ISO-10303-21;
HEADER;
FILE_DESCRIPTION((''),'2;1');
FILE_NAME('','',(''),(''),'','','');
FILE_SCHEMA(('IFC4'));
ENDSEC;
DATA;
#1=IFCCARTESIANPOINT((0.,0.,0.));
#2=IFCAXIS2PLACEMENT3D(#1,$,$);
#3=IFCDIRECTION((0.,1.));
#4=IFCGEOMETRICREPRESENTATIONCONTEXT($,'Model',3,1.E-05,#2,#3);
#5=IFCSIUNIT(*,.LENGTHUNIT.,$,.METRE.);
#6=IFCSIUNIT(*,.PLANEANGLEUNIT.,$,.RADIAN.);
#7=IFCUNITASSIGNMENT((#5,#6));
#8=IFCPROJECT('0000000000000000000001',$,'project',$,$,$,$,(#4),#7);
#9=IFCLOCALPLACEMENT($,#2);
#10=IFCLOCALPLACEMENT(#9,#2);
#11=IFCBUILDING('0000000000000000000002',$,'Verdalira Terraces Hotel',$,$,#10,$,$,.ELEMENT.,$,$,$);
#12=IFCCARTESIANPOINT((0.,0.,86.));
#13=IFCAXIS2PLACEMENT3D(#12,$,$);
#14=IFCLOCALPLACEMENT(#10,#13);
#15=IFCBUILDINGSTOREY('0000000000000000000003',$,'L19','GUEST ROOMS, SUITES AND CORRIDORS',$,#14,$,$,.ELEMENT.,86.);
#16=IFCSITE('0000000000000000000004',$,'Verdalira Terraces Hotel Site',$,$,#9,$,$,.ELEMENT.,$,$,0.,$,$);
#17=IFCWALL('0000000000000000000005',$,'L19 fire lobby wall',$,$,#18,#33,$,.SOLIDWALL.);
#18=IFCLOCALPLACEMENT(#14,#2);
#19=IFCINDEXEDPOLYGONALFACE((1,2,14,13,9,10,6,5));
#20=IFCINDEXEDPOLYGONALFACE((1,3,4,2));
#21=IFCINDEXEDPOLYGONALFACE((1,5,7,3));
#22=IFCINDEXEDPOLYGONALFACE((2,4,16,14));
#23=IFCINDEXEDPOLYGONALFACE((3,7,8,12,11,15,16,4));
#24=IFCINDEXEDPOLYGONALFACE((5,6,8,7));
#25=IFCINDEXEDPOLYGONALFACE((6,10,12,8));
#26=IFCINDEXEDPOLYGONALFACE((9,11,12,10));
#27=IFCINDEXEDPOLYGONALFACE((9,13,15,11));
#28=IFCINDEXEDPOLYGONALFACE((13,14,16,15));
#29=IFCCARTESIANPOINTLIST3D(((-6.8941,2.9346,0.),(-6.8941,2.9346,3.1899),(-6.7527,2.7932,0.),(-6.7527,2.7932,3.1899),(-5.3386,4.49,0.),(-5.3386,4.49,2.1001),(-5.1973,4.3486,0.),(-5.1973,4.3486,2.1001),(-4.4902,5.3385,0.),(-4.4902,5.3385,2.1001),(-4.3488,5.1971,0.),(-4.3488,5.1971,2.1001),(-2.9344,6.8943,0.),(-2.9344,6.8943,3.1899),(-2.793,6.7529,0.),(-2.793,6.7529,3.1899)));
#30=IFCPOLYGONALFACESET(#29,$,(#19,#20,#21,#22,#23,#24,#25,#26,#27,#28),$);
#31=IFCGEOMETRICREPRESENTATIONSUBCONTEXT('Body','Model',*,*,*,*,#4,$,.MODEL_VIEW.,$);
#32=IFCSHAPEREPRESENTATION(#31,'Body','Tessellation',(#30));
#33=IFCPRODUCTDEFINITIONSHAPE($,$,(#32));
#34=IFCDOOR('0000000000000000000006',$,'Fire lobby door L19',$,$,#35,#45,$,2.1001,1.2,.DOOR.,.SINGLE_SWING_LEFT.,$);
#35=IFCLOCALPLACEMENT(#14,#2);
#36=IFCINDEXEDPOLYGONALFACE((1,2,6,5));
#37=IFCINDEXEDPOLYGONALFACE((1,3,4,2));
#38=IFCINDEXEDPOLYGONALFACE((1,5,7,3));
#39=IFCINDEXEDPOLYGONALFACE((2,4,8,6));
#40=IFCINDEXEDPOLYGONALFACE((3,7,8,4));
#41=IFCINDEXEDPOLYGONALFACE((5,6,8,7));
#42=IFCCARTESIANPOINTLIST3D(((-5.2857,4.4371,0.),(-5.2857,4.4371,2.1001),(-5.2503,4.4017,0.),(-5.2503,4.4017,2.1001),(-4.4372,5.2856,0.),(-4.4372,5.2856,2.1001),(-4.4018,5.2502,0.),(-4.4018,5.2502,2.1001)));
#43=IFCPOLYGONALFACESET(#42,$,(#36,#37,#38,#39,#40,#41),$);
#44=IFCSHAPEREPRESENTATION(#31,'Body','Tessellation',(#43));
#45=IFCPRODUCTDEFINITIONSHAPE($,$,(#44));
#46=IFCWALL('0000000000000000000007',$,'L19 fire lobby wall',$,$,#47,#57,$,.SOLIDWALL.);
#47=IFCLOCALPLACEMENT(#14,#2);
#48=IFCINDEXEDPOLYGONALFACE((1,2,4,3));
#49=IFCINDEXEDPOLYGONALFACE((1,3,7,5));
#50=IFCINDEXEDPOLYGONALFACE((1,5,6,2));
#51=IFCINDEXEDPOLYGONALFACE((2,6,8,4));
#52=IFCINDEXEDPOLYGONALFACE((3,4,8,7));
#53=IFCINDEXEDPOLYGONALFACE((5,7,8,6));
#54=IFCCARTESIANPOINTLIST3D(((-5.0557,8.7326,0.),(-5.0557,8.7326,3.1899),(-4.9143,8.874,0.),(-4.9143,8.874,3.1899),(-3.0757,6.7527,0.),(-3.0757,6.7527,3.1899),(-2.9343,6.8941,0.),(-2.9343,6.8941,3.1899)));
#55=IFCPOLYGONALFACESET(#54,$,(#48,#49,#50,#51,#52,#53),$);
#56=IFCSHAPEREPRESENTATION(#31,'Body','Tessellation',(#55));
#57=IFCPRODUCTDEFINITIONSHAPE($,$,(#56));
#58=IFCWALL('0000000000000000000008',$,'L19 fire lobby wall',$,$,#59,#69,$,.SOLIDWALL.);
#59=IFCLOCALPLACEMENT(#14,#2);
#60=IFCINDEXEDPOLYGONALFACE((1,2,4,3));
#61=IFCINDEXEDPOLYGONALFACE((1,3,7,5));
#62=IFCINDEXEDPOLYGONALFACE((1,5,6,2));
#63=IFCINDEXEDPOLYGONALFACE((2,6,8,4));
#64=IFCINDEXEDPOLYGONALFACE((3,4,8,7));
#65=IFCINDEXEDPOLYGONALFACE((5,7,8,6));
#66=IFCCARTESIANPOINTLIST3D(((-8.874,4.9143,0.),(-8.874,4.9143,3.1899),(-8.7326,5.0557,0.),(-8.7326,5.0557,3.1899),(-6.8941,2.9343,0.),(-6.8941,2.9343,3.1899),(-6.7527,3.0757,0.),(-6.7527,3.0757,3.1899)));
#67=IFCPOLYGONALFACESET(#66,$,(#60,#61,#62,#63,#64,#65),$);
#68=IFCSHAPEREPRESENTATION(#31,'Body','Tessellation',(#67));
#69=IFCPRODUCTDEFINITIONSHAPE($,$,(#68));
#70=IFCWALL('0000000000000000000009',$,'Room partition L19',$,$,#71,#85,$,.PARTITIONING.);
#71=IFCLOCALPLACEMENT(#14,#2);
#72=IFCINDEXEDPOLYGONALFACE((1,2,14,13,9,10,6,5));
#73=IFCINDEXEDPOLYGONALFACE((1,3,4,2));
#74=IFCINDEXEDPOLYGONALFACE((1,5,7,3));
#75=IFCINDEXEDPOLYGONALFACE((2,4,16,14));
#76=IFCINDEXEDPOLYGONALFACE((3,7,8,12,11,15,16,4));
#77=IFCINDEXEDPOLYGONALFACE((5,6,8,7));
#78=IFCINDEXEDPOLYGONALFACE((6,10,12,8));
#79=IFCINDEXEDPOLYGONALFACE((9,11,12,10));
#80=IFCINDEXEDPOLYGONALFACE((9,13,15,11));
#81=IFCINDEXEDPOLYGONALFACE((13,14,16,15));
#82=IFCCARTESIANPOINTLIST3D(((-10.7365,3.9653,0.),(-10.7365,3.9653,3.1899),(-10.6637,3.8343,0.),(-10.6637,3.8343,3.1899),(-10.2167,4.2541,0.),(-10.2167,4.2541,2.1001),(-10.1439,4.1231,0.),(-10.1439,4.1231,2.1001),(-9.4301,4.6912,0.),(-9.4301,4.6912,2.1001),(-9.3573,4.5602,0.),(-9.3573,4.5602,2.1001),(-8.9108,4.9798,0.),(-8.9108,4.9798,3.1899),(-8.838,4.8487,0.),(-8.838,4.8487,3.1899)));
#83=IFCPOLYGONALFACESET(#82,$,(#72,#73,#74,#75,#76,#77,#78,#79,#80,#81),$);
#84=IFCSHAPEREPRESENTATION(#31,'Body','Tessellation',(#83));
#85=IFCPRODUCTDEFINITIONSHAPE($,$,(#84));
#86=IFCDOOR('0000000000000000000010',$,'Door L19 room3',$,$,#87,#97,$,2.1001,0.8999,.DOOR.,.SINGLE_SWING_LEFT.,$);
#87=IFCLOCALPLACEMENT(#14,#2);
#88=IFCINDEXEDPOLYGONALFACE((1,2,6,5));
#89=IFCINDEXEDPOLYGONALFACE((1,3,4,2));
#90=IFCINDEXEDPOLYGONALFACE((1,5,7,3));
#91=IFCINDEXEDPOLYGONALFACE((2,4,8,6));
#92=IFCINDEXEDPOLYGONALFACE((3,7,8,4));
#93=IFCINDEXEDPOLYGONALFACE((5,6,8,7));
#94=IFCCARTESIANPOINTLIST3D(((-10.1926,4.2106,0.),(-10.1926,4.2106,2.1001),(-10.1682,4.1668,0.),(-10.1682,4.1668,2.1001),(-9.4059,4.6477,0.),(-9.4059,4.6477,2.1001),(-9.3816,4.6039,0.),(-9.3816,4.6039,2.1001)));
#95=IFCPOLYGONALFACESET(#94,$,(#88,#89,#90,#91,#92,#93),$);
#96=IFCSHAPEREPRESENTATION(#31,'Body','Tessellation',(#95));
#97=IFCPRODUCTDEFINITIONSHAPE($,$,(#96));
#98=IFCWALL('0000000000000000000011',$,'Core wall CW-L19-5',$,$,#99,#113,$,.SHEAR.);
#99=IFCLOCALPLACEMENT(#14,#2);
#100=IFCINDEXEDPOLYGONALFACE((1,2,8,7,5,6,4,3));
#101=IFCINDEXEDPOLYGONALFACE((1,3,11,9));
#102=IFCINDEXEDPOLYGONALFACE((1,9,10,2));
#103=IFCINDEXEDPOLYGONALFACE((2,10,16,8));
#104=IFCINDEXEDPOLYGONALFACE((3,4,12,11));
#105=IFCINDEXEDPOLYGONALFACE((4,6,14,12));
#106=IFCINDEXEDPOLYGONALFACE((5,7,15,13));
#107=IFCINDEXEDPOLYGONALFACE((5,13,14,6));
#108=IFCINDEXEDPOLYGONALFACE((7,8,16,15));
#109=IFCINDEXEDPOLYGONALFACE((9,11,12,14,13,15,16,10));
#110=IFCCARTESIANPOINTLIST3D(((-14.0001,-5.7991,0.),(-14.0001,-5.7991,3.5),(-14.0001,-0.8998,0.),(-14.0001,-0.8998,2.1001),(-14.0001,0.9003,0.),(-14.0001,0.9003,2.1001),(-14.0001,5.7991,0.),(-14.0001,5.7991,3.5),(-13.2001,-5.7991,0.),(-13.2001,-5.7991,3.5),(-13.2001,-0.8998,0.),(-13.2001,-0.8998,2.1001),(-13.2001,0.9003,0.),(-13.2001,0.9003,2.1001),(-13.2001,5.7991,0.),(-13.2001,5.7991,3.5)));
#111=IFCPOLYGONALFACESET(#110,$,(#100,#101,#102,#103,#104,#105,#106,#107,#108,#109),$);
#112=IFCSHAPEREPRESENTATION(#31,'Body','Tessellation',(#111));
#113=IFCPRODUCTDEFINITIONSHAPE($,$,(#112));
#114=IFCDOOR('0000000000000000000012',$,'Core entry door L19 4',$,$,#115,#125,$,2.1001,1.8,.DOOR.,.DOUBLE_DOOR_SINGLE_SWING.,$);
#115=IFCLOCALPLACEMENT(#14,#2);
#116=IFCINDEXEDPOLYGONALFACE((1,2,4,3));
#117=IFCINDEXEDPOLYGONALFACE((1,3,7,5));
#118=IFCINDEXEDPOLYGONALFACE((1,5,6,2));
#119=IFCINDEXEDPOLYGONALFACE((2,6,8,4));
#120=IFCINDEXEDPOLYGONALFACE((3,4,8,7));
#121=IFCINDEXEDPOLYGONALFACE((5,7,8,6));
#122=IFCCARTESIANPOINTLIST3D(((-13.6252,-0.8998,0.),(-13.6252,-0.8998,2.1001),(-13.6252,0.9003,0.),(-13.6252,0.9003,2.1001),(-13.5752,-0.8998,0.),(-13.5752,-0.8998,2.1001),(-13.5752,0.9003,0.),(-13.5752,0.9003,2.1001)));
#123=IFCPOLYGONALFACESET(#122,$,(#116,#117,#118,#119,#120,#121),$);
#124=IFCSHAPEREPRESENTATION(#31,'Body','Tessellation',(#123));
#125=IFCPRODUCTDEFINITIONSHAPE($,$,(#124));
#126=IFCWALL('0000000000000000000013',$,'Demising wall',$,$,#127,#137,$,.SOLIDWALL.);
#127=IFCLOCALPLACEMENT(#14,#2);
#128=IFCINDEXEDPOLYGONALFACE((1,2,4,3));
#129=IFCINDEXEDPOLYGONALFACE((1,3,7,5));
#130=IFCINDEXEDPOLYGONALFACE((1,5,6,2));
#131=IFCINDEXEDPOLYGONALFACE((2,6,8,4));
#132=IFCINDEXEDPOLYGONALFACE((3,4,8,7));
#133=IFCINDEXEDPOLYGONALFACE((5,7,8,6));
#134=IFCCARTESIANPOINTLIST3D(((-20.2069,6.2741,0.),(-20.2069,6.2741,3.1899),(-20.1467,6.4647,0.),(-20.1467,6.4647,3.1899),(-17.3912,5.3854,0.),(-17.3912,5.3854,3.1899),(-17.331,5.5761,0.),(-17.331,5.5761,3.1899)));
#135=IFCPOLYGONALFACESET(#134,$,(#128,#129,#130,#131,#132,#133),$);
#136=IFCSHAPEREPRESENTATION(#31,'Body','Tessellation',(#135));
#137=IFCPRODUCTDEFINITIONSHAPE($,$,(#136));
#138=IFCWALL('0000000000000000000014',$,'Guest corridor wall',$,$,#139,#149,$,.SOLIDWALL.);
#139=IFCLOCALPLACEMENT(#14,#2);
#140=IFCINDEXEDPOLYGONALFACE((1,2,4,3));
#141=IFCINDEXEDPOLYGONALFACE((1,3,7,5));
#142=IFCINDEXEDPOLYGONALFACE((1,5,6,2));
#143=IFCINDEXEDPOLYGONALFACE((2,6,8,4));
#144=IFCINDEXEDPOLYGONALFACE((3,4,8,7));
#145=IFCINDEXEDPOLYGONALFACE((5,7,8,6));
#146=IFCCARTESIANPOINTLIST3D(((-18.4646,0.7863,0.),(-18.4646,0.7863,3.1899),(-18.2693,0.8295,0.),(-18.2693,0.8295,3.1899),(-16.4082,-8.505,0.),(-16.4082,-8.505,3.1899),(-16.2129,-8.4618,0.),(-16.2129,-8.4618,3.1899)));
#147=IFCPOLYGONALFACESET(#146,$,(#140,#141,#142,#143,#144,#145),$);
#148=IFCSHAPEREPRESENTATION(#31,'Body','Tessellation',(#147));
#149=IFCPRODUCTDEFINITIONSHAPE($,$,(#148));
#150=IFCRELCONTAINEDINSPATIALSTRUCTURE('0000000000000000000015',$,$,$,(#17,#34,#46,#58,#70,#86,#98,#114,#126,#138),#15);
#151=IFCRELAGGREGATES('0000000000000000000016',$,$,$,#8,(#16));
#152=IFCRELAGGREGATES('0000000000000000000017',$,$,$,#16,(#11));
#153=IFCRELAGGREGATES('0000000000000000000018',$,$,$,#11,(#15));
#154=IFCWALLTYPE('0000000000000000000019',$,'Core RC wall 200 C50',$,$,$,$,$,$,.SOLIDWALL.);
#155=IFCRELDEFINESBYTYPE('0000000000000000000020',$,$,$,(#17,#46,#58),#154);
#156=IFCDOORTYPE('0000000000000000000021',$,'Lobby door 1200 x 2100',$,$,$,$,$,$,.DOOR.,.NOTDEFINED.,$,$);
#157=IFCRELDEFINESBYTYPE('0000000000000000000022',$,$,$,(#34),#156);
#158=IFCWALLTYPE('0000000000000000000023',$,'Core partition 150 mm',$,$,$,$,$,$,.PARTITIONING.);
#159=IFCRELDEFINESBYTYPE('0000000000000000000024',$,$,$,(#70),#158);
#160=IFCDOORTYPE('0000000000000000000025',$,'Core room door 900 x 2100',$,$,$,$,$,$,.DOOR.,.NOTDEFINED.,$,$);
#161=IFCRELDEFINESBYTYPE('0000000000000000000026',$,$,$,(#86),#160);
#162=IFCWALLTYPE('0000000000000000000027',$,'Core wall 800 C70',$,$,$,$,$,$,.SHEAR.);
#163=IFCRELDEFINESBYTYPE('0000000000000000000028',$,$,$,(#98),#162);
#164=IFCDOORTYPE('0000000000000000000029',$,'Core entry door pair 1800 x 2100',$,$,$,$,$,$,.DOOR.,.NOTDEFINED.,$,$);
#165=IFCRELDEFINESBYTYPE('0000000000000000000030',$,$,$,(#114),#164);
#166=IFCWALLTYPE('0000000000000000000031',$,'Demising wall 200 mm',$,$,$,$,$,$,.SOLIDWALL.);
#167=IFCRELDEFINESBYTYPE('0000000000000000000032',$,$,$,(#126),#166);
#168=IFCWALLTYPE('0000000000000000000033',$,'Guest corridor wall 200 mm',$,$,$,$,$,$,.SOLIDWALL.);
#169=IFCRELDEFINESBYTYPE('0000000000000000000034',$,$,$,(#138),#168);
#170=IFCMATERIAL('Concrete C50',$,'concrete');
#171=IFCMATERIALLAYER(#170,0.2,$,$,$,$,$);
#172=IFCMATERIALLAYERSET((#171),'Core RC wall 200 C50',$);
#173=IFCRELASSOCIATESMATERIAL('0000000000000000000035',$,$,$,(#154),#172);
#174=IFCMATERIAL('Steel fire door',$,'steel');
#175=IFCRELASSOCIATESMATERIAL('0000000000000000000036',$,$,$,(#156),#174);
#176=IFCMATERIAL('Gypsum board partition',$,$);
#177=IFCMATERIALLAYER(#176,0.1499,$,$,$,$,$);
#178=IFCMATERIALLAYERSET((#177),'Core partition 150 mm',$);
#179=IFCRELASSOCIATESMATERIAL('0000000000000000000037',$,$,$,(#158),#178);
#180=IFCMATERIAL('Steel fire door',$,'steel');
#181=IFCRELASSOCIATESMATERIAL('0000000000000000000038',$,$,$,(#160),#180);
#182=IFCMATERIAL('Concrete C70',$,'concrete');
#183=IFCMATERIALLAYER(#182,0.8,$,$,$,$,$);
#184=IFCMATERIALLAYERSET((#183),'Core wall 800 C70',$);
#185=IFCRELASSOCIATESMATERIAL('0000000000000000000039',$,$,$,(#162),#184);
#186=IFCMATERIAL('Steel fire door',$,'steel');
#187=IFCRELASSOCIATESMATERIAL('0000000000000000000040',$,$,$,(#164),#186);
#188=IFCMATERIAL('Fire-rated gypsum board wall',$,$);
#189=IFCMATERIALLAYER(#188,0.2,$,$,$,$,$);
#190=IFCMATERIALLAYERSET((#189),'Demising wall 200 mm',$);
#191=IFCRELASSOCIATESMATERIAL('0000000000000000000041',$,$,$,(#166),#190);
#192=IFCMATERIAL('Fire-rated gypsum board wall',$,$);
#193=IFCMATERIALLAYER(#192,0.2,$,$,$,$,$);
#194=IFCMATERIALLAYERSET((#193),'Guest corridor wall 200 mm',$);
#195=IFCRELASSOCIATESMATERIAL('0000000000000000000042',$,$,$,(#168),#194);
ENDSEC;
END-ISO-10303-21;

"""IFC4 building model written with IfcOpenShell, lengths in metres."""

from ifc_helpers import new_model, si_unit, direction, frame, frame_2d, origin, place, context, subcontext, project, spatial, rectangle, extrude, material, layer, layer_set, type_object, element, fill, save


model = new_model("IFC4")

# Units and contexts
model_context = context("Model", 3, precision=1e-05, world=origin(), true_north=direction((0.0, 1.0)))
body_context = subcontext(model_context, "Body", "Model", "MODEL_VIEW")
ifc_project = project(units=[si_unit("LENGTHUNIT", "METRE"), si_unit("PLANEANGLEUNIT", "RADIAN")], contexts=[model_context])

# Site, building, storey
site_placement = place(None, origin())
site = spatial("IfcSite", under=ifc_project, at=site_placement, Name="Verdalira Terraces Hotel Site", CompositionType="ELEMENT", RefElevation=0.0)
building_placement = place(site_placement, origin())
building = spatial("IfcBuilding", under=site, at=building_placement, Name="Verdalira Terraces Hotel", CompositionType="ELEMENT")
storey_placement = place(building_placement, frame((0.0, 0.0, 86.0)))
storey = spatial("IfcBuildingStorey", under=building, at=storey_placement, Name="L19", Description="GUEST ROOMS, SUITES AND CORRIDORS", CompositionType="ELEMENT", Elevation=86.0)

# Wall, opening, door
ifc_material_1 = material(Name="Concrete C50", Category="concrete")
ifc_layer_1 = layer(ifc_material_1, 0.2)
ifc_layer_set_1 = layer_set([ifc_layer_1], Name="Core RC wall 200 C50")
wall_type_1 = type_object("IfcWallType", Name="Core RC wall 200 C50", PredefinedType="SOLIDWALL", material=ifc_layer_set_1)
wall_1_placement = place(storey_placement, frame((-2.8638, 6.8235, 0.0), z_axis=(0.0, 0.0, 1.0), x_axis=(-0.707107, -0.707107, 0.0)))
wall_1 = element("IfcWall", 1, at=wall_1_placement, inside=storey, type_object=wall_type_1, Name="L19 fire lobby wall", PredefinedType="SOLIDWALL", context=body_context, shape_type="SweptSolid", body=[
    extrude(rectangle(XDim=5.5999, YDim=0.2, at=frame_2d((2.7998, 0.0))), origin(), (0.0, 0.0, 1.0), 3.1899),
])
opening_1_placement = place(wall_1_placement, frame((2.2, 0.0, 0.0)))
opening_1 = element("IfcOpeningElement", 2, at=opening_1_placement, cuts=wall_1, PredefinedType="OPENING", context=body_context, shape_type="SweptSolid", body=[
    extrude(rectangle(XDim=1.2, YDim=2.1001, at=frame_2d((0.6001, 1.05))), frame((0.0, 0.1099, 0.0), z_axis=(0.0, -1.0, 0.0), x_axis=(1.0, 0.0, 0.0)), (0.0, 0.0, 1.0), 0.22),
])
ifc_material_2 = material(Name="Steel fire door", Category="steel")
door_type_1 = type_object("IfcDoorType", Name="Lobby door 1200 x 2100", OperationType="NOTDEFINED", PredefinedType="DOOR", material=ifc_material_2)
door_1_placement = place(opening_1_placement, origin())
door_1 = element("IfcDoor", 3, at=door_1_placement, inside=storey, type_object=door_type_1, Name="Fire lobby door L19", OperationType="SINGLE_SWING_LEFT", OverallHeight=2.1001, OverallWidth=1.2, PredefinedType="DOOR", context=body_context, shape_type="SweptSolid", body=[
    extrude(rectangle(XDim=1.2, YDim=2.1001, at=frame_2d((0.6001, 1.05))), frame((0.0, 0.0249, 0.0), z_axis=(0.0, -1.0, 0.0), x_axis=(1.0, 0.0, 0.0)), (0.0, 0.0, 1.0), 0.05),
])
fill(opening_1, door_1)

# Walls
for number, where, z_axis, x_axis, name in (
    (4, (-3.0051, 6.8235, 0.0), (0.0, 0.0, 1.0), (-0.707107, 0.707107, 0.0), "L19 fire lobby wall"),
    (5, (-6.8235, 3.0051, 0.0), (0.0, 0.0, 1.0), (-0.707107, 0.707107, 0.0), "L19 fire lobby wall"),
):
    element("IfcWall", number, at=place(storey_placement, frame(where, z_axis=z_axis, x_axis=x_axis)), inside=storey, type_object=wall_type_1, Name=name, PredefinedType="SOLIDWALL", context=body_context, shape_type="SweptSolid", body=[
        extrude(rectangle(XDim=2.8, YDim=0.2, at=frame_2d((1.3999, 0.0))), origin(), (0.0, 0.0, 1.0), 3.1899),
    ])

# Walls, openings, doors
ifc_material_3 = material(Name="Gypsum board partition")
ifc_layer_2 = layer(ifc_material_3, 0.1499)
ifc_layer_set_2 = layer_set([ifc_layer_2], Name="Core partition 150 mm")
wall_type_2 = type_object("IfcWallType", Name="Core partition 150 mm", PredefinedType="PARTITIONING", material=ifc_layer_set_2)
wall_2_placement = place(storey_placement, frame((-8.8743, 4.9143, 0.0), z_axis=(0.0, 0.0, 1.0), x_axis=(-0.87413, -0.485693, 0.0)))
wall_2 = element("IfcWall", 6, at=wall_2_placement, inside=storey, type_object=wall_type_2, Name="Room partition L19", PredefinedType="PARTITIONING", context=body_context, shape_type="SweptSolid", body=[
    extrude(rectangle(XDim=2.0886, YDim=0.1499, at=frame_2d((1.0444, 0.0))), origin(), (0.0, 0.0, 1.0), 3.1899),
])
opening_2_placement = place(wall_2_placement, frame((0.5942, 0.0, 0.0)))
opening_2 = element("IfcOpeningElement", 7, at=opening_2_placement, cuts=wall_2, PredefinedType="OPENING", context=body_context, shape_type="SweptSolid", body=[
    extrude(rectangle(XDim=0.8999, YDim=2.1001, at=frame_2d((0.45, 1.05))), frame((0.0, 0.085, 0.0), z_axis=(0.0, -1.0, 0.0), x_axis=(1.0, 0.0, 0.0)), (0.0, 0.0, 1.0), 0.1699),
])
ifc_material_4 = material(Name="Steel fire door", Category="steel")
door_type_2 = type_object("IfcDoorType", Name="Core room door 900 x 2100", OperationType="NOTDEFINED", PredefinedType="DOOR", material=ifc_material_4)
door_2_placement = place(opening_2_placement, origin())
door_2 = element("IfcDoor", 8, at=door_2_placement, inside=storey, type_object=door_type_2, Name="Door L19 room3", OperationType="SINGLE_SWING_LEFT", OverallHeight=2.1001, OverallWidth=0.8999, PredefinedType="DOOR", context=body_context, shape_type="SweptSolid", body=[
    extrude(rectangle(XDim=0.8999, YDim=2.1001, at=frame_2d((0.45, 1.05))), frame((0.0, 0.0249, 0.0), z_axis=(0.0, -1.0, 0.0), x_axis=(1.0, 0.0, 0.0)), (0.0, 0.0, 1.0), 0.05),
])
fill(opening_2, door_2)
ifc_material_5 = material(Name="Concrete C70", Category="concrete")
ifc_layer_3 = layer(ifc_material_5, 0.8)
ifc_layer_set_3 = layer_set([ifc_layer_3], Name="Core wall 800 C70")
wall_type_3 = type_object("IfcWallType", Name="Core wall 800 C70", PredefinedType="SHEAR", material=ifc_layer_set_3)
wall_3_placement = place(storey_placement, frame((-13.6001, 5.7991, 0.0), z_axis=(0.0, 0.0, 1.0), x_axis=(0.0, -1.0, 0.0)))
wall_3 = element("IfcWall", 9, at=wall_3_placement, inside=storey, type_object=wall_type_3, Name="Core wall CW-L19-5", PredefinedType="SHEAR", context=body_context, shape_type="SweptSolid", body=[
    extrude(rectangle(XDim=11.5981, YDim=0.8, at=frame_2d((5.7991, 0.0))), origin(), (0.0, 0.0, 1.0), 3.5),
])
opening_3_placement = place(wall_3_placement, frame((4.8989, 0.0, 0.0)))
opening_3 = element("IfcOpeningElement", 10, at=opening_3_placement, cuts=wall_3, PredefinedType="OPENING", context=body_context, shape_type="SweptSolid", body=[
    extrude(rectangle(XDim=1.8, YDim=2.1001, at=frame_2d((0.8999, 1.05))), frame((0.0, 0.4099, 0.0), z_axis=(0.0, -1.0, 0.0), x_axis=(1.0, 0.0, 0.0)), (0.0, 0.0, 1.0), 0.8201),
])
ifc_material_6 = material(Name="Steel fire door", Category="steel")
door_type_3 = type_object("IfcDoorType", Name="Core entry door pair 1800 x 2100", OperationType="NOTDEFINED", PredefinedType="DOOR", material=ifc_material_6)
door_3_placement = place(opening_3_placement, origin())
door_3 = element("IfcDoor", 11, at=door_3_placement, inside=storey, type_object=door_type_3, Name="Core entry door L19 4", OperationType="DOUBLE_DOOR_SINGLE_SWING", OverallHeight=2.1001, OverallWidth=1.8, PredefinedType="DOOR", context=body_context, shape_type="SweptSolid", body=[
    extrude(rectangle(XDim=1.8, YDim=2.1001, at=frame_2d((0.8999, 1.05))), frame((0.0, 0.0249, 0.0), z_axis=(0.0, -1.0, 0.0), x_axis=(1.0, 0.0, 0.0)), (0.0, 0.0, 1.0), 0.05),
])
fill(opening_3, door_3)

# Walls
ifc_material_7 = material(Name="Fire-rated gypsum board wall")
ifc_layer_4 = layer(ifc_material_7, 0.2)
ifc_layer_set_4 = layer_set([ifc_layer_4], Name="Demising wall 200 mm")
wall_type_4 = type_object("IfcWallType", Name="Demising wall 200 mm", PredefinedType="SOLIDWALL", material=ifc_layer_set_4)
wall_4_placement = place(storey_placement, frame((-17.3611, 5.4807, 0.0), z_axis=(0.0, 0.0, 1.0), x_axis=(-0.95363, 0.300981, 0.0)))
element("IfcWall", 12, at=wall_4_placement, inside=storey, type_object=wall_type_4, Name="Demising wall", PredefinedType="SOLIDWALL", context=body_context, shape_type="SweptSolid", body=[
    extrude(rectangle(XDim=2.9526, YDim=0.2, at=frame_2d((1.4763, 0.0))), origin(), (0.0, 0.0, 1.0), 3.1899),
])
ifc_material_8 = material(Name="Fire-rated gypsum board wall")
ifc_layer_5 = layer(ifc_material_8, 0.2)
ifc_layer_set_5 = layer_set([ifc_layer_5], Name="Guest corridor wall 200 mm")
wall_type_5 = type_object("IfcWallType", Name="Guest corridor wall 200 mm", PredefinedType="SOLIDWALL", material=ifc_layer_set_5)
wall_5_placement = place(storey_placement, frame((-18.3669, 0.8079, 0.0), z_axis=(0.0, 0.0, 1.0), x_axis=(0.216096, -0.976372, 0.0)))
element("IfcWall", 13, at=wall_5_placement, inside=storey, type_object=wall_type_5, Name="Guest corridor wall", PredefinedType="SOLIDWALL", context=body_context, shape_type="SweptSolid", body=[
    extrude(rectangle(XDim=9.5161, YDim=0.2, at=frame_2d((4.7581, 0.0))), origin(), (0.0, 0.0, 1.0), 3.1899),
])

save(model, "model.ifc")
